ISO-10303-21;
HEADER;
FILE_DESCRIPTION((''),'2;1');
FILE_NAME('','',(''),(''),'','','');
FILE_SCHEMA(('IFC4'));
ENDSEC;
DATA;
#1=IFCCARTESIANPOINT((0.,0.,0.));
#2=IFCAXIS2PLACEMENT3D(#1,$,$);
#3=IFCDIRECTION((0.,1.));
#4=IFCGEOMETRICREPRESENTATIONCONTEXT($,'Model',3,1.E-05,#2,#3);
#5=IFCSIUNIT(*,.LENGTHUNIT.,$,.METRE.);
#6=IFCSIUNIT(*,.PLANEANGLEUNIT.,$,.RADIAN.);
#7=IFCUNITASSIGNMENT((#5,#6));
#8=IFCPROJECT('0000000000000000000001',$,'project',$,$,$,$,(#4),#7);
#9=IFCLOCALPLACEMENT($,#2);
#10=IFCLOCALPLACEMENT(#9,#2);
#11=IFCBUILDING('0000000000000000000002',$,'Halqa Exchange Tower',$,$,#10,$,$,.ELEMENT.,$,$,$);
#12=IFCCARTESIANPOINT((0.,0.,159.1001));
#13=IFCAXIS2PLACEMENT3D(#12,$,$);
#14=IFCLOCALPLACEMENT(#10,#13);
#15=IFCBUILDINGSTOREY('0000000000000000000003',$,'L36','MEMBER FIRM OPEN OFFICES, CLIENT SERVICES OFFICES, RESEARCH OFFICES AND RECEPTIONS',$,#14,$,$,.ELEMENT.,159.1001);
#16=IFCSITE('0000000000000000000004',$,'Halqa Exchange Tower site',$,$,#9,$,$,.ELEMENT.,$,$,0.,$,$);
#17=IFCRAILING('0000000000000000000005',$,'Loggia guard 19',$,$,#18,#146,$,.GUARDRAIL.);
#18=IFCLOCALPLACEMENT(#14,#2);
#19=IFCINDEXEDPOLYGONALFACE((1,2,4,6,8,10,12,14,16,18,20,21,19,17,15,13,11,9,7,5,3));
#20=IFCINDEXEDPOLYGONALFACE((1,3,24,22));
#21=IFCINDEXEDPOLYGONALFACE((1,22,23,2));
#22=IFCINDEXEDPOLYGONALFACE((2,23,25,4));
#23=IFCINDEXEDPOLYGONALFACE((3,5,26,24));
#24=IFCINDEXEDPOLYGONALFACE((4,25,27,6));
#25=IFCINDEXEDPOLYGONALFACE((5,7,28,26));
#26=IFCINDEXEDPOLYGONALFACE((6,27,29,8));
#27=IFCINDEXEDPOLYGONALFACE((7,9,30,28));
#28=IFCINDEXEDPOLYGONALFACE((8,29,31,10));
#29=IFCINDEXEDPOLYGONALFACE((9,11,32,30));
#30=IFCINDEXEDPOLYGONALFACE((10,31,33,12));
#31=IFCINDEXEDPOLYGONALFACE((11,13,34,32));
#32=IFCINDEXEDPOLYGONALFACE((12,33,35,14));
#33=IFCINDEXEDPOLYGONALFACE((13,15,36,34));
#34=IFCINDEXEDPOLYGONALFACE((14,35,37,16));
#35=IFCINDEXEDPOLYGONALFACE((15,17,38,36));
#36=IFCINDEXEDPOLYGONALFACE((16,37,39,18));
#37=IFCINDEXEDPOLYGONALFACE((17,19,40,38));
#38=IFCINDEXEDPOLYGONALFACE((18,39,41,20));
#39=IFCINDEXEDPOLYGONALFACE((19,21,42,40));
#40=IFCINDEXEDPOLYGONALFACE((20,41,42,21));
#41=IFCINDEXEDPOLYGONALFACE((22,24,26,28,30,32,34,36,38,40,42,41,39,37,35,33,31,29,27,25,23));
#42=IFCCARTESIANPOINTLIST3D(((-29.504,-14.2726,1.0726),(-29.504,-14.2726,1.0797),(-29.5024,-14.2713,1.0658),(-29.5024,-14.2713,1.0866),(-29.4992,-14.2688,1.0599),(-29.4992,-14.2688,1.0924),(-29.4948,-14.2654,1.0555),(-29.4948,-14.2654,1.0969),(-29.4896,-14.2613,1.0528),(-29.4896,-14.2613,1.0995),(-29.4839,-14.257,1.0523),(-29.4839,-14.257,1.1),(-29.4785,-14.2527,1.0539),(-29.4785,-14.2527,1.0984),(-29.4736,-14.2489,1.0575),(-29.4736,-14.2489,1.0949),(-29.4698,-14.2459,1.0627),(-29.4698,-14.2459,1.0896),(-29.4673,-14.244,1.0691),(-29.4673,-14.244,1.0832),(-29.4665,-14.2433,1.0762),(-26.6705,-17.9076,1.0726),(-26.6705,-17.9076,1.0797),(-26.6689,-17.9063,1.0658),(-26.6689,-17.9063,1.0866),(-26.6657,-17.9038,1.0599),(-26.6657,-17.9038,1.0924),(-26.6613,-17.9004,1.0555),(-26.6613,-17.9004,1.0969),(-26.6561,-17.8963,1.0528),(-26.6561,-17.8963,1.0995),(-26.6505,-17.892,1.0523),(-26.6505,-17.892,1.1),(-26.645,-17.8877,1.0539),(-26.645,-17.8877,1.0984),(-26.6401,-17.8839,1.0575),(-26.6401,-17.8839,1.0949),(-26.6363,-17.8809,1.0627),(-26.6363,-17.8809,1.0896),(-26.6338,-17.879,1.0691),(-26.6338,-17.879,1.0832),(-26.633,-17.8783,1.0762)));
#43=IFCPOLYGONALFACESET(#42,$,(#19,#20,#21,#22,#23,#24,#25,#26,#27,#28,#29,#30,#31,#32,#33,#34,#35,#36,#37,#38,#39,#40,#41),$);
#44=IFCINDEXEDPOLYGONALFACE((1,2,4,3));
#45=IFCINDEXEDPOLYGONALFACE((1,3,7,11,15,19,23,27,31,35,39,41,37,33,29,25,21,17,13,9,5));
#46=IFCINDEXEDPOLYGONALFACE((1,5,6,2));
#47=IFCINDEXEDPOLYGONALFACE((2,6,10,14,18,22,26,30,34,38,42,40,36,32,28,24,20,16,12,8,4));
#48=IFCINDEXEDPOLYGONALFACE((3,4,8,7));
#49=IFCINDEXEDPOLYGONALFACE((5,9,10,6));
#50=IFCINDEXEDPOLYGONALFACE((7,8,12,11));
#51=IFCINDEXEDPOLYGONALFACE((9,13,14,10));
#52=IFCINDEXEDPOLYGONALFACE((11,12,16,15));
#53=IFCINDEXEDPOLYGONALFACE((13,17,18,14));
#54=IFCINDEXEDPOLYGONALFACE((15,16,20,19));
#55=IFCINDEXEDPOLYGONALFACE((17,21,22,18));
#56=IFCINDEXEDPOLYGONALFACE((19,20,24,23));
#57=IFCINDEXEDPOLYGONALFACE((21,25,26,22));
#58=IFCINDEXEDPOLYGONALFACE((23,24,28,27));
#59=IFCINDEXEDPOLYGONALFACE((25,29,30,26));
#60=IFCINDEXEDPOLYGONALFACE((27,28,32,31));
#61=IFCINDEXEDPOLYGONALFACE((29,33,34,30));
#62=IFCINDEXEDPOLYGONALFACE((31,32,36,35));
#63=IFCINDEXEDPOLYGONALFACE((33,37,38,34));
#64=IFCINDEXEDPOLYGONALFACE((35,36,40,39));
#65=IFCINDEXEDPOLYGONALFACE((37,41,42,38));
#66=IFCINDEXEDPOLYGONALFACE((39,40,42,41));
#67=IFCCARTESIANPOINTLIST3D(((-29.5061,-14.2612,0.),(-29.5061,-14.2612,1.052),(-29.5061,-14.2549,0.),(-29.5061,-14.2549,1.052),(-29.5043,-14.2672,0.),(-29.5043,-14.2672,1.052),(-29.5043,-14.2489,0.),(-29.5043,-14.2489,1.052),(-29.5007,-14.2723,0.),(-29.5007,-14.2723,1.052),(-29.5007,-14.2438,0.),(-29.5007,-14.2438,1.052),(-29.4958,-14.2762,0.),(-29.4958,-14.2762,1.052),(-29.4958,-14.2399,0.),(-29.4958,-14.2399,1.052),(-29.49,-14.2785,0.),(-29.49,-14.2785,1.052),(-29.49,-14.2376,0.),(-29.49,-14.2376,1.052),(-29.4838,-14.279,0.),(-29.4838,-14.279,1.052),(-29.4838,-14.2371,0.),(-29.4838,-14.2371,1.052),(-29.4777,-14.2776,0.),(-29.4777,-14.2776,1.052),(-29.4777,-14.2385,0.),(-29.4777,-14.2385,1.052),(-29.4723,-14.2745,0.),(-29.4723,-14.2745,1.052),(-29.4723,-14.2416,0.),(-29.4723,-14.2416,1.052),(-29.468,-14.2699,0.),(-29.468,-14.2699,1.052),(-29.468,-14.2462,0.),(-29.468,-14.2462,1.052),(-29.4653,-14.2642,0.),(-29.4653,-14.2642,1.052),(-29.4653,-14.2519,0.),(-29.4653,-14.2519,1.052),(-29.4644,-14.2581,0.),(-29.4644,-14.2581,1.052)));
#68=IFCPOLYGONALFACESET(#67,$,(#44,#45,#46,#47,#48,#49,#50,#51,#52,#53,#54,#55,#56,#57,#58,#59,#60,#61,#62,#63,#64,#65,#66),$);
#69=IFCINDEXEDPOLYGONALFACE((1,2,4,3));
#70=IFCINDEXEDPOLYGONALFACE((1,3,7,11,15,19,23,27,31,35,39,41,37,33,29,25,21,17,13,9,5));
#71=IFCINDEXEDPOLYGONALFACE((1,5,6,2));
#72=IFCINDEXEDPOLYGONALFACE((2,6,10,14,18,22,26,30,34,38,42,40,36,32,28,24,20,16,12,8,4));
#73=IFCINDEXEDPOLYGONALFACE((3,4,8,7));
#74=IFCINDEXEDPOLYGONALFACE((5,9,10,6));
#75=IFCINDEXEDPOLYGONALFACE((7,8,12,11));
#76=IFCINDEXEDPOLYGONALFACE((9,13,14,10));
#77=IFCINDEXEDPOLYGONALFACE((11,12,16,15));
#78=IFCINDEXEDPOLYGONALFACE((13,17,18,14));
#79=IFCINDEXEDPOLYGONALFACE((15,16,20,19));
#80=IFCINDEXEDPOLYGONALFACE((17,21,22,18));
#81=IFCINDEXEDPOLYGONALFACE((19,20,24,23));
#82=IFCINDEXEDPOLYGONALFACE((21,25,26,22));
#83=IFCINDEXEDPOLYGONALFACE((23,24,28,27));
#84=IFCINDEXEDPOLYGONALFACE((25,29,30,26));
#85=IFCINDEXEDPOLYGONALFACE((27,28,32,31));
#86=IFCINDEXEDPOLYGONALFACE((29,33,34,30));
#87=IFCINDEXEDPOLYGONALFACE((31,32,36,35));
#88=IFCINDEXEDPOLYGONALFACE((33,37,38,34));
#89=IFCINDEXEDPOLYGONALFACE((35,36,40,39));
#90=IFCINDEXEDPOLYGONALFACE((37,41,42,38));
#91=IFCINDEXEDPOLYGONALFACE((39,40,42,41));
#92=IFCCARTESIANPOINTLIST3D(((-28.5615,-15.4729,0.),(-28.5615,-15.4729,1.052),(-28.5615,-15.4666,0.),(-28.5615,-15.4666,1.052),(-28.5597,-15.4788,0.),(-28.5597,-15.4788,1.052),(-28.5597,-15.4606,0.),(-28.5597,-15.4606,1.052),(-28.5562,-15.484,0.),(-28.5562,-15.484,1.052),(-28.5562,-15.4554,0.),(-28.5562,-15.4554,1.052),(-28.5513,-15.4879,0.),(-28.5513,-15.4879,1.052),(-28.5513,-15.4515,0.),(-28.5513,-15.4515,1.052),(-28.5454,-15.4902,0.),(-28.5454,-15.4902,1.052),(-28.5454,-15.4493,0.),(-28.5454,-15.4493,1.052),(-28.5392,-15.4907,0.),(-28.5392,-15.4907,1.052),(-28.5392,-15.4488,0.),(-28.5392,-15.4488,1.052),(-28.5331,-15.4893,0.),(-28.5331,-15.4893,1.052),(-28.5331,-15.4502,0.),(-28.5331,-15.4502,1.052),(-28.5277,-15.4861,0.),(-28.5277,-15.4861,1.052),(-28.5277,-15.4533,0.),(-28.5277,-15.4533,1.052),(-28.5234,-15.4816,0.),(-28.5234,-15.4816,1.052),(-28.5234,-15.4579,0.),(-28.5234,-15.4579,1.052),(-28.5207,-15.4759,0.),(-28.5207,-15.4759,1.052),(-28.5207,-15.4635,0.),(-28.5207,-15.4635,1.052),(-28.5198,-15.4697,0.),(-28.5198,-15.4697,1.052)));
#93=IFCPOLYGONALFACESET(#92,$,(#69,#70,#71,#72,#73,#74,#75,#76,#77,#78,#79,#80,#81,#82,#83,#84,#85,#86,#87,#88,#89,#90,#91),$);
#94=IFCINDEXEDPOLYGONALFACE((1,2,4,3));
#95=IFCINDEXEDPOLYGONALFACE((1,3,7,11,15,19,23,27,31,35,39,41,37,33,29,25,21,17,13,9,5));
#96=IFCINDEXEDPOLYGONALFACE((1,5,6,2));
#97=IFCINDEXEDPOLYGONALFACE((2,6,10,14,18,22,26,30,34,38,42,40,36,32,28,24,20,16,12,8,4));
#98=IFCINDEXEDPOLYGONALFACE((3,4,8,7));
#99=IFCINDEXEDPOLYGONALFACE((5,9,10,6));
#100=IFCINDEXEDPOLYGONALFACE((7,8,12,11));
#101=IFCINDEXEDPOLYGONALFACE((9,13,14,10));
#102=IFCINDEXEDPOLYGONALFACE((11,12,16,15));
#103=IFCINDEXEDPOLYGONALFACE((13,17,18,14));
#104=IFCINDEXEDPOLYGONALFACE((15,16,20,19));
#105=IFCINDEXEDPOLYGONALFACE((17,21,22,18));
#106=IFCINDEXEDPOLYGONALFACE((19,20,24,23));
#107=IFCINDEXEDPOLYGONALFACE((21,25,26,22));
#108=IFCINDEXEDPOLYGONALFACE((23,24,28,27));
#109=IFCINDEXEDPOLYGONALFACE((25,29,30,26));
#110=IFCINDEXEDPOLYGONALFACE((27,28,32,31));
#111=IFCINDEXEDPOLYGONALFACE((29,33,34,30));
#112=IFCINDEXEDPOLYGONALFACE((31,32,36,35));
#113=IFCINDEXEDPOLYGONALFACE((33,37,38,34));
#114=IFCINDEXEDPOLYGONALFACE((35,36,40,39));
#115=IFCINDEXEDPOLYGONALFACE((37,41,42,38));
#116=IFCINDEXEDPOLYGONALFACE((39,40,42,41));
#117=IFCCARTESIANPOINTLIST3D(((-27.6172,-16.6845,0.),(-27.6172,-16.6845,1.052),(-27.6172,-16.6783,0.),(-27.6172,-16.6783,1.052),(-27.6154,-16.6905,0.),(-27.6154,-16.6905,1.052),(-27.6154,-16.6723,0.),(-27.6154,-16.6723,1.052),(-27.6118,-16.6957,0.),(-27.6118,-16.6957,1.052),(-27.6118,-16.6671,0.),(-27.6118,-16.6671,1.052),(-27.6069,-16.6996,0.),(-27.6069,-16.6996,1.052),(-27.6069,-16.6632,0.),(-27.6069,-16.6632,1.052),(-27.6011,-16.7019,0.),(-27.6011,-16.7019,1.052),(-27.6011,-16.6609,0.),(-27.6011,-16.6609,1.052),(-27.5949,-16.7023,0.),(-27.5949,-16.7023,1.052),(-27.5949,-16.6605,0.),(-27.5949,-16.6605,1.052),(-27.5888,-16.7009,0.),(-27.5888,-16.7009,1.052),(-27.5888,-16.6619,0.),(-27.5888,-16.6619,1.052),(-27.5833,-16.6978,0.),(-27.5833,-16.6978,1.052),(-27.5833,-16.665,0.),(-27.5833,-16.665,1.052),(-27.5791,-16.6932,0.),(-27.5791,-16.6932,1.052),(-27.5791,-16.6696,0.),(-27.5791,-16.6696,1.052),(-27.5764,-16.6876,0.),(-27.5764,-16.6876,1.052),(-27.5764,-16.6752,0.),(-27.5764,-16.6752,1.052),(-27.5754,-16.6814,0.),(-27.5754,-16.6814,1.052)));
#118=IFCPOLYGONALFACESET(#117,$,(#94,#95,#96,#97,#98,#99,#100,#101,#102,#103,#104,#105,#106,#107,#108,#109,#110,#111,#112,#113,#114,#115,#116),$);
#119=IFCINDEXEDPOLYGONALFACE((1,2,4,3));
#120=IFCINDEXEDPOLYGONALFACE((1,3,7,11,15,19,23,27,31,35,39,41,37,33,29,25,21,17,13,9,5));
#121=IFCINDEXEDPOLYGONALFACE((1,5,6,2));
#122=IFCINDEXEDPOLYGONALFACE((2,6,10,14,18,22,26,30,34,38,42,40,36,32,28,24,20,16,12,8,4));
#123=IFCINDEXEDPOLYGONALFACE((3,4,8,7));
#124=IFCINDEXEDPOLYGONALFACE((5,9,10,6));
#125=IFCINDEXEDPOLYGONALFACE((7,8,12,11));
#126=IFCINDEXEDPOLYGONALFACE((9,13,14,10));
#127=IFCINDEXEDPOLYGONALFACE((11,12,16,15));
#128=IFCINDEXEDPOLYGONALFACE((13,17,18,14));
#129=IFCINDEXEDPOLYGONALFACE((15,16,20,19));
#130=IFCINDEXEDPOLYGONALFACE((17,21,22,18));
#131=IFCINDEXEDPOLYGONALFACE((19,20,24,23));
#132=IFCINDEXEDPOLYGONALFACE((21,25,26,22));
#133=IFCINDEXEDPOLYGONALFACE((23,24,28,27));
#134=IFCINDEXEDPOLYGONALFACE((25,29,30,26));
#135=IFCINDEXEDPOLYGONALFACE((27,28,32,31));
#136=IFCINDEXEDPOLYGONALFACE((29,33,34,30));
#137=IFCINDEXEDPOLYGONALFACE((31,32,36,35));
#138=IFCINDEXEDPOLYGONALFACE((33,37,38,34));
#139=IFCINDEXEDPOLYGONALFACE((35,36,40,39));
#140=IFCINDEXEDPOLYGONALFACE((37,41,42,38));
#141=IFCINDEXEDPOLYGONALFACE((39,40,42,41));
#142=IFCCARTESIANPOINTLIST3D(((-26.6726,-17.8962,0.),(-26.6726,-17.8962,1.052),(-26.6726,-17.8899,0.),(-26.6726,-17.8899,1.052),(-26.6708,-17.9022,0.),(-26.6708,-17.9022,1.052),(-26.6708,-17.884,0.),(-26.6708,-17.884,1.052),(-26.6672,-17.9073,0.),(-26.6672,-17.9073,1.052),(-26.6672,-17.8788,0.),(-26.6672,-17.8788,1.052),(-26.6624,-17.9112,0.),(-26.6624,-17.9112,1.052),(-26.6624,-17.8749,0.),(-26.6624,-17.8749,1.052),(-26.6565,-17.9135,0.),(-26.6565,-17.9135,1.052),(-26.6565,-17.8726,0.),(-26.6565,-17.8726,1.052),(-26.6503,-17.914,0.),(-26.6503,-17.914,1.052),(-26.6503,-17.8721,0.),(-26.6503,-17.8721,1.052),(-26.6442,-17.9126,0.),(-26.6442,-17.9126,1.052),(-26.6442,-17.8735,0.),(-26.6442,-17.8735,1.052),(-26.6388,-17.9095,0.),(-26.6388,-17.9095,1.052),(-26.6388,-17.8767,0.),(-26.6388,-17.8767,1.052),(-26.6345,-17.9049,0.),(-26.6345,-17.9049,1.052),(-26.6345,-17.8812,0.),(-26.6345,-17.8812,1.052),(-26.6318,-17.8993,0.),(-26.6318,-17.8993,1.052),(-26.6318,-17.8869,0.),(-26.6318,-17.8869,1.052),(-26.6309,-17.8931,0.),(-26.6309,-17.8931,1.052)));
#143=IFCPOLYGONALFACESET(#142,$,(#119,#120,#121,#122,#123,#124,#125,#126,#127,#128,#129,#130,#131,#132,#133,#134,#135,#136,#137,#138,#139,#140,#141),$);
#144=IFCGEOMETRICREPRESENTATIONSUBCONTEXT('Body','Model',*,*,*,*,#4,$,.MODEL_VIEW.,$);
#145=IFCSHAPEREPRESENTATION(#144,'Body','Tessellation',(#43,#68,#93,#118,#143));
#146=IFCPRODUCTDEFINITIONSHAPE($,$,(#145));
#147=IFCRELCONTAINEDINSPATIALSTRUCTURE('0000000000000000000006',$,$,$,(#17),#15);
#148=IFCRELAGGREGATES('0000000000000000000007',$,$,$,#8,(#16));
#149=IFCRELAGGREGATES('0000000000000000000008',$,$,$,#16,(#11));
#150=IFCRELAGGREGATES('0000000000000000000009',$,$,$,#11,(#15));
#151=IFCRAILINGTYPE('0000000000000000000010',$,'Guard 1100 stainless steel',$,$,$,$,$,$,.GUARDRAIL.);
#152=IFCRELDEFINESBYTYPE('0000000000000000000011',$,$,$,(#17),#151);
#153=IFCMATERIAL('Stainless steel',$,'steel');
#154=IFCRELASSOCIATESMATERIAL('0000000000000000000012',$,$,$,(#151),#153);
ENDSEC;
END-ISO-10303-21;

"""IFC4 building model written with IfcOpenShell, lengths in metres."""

from ifc_helpers import new_model, si_unit, direction, frame, origin, origin_2d, place, context, subcontext, project, spatial, circle, extrude, material, type_object, element, save


model = new_model("IFC4")

# Units and contexts
model_context = context("Model", 3, precision=1e-05, world=origin(), true_north=direction((0.0, 1.0)))
body_context = subcontext(model_context, "Body", "Model", "MODEL_VIEW")
ifc_project = project(units=[si_unit("LENGTHUNIT", "METRE"), si_unit("PLANEANGLEUNIT", "RADIAN")], contexts=[model_context])

# Site, building, storey
site_placement = place(None, origin())
site = spatial("IfcSite", under=ifc_project, at=site_placement, Name="Halqa Exchange Tower site", CompositionType="ELEMENT", RefElevation=0.0)
building_placement = place(site_placement, origin())
building = spatial("IfcBuilding", under=site, at=building_placement, Name="Halqa Exchange Tower", CompositionType="ELEMENT")
storey_placement = place(building_placement, frame((0.0, 0.0, 159.1001)))
storey = spatial("IfcBuildingStorey", under=building, at=storey_placement, Name="L36", Description="MEMBER FIRM OPEN OFFICES, CLIENT SERVICES OFFICES, RESEARCH OFFICES AND RECEPTIONS", CompositionType="ELEMENT", Elevation=159.1001)

# Railing
ifc_material_1 = material(Name="Stainless steel", Category="steel")
railing_type = type_object("IfcRailingType", Name="Guard 1100 stainless steel", PredefinedType="GUARDRAIL", material=ifc_material_1)
railing_1_placement = place(storey_placement, frame((-29.4854, -14.2581, 0.0)))
element("IfcRailing", 1, at=railing_1_placement, inside=storey, type_object=railing_type, Name="Loggia guard 19", PredefinedType="GUARDRAIL", context=body_context, shape_type="SweptSolid", body=[
    extrude(circle(Radius=0.0239, at=origin_2d()), frame((0.0, 0.0, 1.0762), z_axis=(0.614787, -0.788693, 0.0), x_axis=(0.788693, 0.614787, 0.0)), (0.0, 0.0, 1.0), 4.6089),
    extrude(circle(Radius=0.021, at=origin_2d()), origin(), (0.0, 0.0, 1.0), 1.052),
    extrude(circle(Radius=0.021, at=origin_2d()), frame((0.9446, -1.2117, 0.0)), (0.0, 0.0, 1.0), 1.052),
    extrude(circle(Radius=0.021, at=origin_2d()), frame((1.8889, -2.4233, 0.0)), (0.0, 0.0, 1.0), 1.052),
    extrude(circle(Radius=0.021, at=origin_2d()), frame((2.8335, -3.635, 0.0)), (0.0, 0.0, 1.0), 1.052),
])

save(model, "model.ifc")
